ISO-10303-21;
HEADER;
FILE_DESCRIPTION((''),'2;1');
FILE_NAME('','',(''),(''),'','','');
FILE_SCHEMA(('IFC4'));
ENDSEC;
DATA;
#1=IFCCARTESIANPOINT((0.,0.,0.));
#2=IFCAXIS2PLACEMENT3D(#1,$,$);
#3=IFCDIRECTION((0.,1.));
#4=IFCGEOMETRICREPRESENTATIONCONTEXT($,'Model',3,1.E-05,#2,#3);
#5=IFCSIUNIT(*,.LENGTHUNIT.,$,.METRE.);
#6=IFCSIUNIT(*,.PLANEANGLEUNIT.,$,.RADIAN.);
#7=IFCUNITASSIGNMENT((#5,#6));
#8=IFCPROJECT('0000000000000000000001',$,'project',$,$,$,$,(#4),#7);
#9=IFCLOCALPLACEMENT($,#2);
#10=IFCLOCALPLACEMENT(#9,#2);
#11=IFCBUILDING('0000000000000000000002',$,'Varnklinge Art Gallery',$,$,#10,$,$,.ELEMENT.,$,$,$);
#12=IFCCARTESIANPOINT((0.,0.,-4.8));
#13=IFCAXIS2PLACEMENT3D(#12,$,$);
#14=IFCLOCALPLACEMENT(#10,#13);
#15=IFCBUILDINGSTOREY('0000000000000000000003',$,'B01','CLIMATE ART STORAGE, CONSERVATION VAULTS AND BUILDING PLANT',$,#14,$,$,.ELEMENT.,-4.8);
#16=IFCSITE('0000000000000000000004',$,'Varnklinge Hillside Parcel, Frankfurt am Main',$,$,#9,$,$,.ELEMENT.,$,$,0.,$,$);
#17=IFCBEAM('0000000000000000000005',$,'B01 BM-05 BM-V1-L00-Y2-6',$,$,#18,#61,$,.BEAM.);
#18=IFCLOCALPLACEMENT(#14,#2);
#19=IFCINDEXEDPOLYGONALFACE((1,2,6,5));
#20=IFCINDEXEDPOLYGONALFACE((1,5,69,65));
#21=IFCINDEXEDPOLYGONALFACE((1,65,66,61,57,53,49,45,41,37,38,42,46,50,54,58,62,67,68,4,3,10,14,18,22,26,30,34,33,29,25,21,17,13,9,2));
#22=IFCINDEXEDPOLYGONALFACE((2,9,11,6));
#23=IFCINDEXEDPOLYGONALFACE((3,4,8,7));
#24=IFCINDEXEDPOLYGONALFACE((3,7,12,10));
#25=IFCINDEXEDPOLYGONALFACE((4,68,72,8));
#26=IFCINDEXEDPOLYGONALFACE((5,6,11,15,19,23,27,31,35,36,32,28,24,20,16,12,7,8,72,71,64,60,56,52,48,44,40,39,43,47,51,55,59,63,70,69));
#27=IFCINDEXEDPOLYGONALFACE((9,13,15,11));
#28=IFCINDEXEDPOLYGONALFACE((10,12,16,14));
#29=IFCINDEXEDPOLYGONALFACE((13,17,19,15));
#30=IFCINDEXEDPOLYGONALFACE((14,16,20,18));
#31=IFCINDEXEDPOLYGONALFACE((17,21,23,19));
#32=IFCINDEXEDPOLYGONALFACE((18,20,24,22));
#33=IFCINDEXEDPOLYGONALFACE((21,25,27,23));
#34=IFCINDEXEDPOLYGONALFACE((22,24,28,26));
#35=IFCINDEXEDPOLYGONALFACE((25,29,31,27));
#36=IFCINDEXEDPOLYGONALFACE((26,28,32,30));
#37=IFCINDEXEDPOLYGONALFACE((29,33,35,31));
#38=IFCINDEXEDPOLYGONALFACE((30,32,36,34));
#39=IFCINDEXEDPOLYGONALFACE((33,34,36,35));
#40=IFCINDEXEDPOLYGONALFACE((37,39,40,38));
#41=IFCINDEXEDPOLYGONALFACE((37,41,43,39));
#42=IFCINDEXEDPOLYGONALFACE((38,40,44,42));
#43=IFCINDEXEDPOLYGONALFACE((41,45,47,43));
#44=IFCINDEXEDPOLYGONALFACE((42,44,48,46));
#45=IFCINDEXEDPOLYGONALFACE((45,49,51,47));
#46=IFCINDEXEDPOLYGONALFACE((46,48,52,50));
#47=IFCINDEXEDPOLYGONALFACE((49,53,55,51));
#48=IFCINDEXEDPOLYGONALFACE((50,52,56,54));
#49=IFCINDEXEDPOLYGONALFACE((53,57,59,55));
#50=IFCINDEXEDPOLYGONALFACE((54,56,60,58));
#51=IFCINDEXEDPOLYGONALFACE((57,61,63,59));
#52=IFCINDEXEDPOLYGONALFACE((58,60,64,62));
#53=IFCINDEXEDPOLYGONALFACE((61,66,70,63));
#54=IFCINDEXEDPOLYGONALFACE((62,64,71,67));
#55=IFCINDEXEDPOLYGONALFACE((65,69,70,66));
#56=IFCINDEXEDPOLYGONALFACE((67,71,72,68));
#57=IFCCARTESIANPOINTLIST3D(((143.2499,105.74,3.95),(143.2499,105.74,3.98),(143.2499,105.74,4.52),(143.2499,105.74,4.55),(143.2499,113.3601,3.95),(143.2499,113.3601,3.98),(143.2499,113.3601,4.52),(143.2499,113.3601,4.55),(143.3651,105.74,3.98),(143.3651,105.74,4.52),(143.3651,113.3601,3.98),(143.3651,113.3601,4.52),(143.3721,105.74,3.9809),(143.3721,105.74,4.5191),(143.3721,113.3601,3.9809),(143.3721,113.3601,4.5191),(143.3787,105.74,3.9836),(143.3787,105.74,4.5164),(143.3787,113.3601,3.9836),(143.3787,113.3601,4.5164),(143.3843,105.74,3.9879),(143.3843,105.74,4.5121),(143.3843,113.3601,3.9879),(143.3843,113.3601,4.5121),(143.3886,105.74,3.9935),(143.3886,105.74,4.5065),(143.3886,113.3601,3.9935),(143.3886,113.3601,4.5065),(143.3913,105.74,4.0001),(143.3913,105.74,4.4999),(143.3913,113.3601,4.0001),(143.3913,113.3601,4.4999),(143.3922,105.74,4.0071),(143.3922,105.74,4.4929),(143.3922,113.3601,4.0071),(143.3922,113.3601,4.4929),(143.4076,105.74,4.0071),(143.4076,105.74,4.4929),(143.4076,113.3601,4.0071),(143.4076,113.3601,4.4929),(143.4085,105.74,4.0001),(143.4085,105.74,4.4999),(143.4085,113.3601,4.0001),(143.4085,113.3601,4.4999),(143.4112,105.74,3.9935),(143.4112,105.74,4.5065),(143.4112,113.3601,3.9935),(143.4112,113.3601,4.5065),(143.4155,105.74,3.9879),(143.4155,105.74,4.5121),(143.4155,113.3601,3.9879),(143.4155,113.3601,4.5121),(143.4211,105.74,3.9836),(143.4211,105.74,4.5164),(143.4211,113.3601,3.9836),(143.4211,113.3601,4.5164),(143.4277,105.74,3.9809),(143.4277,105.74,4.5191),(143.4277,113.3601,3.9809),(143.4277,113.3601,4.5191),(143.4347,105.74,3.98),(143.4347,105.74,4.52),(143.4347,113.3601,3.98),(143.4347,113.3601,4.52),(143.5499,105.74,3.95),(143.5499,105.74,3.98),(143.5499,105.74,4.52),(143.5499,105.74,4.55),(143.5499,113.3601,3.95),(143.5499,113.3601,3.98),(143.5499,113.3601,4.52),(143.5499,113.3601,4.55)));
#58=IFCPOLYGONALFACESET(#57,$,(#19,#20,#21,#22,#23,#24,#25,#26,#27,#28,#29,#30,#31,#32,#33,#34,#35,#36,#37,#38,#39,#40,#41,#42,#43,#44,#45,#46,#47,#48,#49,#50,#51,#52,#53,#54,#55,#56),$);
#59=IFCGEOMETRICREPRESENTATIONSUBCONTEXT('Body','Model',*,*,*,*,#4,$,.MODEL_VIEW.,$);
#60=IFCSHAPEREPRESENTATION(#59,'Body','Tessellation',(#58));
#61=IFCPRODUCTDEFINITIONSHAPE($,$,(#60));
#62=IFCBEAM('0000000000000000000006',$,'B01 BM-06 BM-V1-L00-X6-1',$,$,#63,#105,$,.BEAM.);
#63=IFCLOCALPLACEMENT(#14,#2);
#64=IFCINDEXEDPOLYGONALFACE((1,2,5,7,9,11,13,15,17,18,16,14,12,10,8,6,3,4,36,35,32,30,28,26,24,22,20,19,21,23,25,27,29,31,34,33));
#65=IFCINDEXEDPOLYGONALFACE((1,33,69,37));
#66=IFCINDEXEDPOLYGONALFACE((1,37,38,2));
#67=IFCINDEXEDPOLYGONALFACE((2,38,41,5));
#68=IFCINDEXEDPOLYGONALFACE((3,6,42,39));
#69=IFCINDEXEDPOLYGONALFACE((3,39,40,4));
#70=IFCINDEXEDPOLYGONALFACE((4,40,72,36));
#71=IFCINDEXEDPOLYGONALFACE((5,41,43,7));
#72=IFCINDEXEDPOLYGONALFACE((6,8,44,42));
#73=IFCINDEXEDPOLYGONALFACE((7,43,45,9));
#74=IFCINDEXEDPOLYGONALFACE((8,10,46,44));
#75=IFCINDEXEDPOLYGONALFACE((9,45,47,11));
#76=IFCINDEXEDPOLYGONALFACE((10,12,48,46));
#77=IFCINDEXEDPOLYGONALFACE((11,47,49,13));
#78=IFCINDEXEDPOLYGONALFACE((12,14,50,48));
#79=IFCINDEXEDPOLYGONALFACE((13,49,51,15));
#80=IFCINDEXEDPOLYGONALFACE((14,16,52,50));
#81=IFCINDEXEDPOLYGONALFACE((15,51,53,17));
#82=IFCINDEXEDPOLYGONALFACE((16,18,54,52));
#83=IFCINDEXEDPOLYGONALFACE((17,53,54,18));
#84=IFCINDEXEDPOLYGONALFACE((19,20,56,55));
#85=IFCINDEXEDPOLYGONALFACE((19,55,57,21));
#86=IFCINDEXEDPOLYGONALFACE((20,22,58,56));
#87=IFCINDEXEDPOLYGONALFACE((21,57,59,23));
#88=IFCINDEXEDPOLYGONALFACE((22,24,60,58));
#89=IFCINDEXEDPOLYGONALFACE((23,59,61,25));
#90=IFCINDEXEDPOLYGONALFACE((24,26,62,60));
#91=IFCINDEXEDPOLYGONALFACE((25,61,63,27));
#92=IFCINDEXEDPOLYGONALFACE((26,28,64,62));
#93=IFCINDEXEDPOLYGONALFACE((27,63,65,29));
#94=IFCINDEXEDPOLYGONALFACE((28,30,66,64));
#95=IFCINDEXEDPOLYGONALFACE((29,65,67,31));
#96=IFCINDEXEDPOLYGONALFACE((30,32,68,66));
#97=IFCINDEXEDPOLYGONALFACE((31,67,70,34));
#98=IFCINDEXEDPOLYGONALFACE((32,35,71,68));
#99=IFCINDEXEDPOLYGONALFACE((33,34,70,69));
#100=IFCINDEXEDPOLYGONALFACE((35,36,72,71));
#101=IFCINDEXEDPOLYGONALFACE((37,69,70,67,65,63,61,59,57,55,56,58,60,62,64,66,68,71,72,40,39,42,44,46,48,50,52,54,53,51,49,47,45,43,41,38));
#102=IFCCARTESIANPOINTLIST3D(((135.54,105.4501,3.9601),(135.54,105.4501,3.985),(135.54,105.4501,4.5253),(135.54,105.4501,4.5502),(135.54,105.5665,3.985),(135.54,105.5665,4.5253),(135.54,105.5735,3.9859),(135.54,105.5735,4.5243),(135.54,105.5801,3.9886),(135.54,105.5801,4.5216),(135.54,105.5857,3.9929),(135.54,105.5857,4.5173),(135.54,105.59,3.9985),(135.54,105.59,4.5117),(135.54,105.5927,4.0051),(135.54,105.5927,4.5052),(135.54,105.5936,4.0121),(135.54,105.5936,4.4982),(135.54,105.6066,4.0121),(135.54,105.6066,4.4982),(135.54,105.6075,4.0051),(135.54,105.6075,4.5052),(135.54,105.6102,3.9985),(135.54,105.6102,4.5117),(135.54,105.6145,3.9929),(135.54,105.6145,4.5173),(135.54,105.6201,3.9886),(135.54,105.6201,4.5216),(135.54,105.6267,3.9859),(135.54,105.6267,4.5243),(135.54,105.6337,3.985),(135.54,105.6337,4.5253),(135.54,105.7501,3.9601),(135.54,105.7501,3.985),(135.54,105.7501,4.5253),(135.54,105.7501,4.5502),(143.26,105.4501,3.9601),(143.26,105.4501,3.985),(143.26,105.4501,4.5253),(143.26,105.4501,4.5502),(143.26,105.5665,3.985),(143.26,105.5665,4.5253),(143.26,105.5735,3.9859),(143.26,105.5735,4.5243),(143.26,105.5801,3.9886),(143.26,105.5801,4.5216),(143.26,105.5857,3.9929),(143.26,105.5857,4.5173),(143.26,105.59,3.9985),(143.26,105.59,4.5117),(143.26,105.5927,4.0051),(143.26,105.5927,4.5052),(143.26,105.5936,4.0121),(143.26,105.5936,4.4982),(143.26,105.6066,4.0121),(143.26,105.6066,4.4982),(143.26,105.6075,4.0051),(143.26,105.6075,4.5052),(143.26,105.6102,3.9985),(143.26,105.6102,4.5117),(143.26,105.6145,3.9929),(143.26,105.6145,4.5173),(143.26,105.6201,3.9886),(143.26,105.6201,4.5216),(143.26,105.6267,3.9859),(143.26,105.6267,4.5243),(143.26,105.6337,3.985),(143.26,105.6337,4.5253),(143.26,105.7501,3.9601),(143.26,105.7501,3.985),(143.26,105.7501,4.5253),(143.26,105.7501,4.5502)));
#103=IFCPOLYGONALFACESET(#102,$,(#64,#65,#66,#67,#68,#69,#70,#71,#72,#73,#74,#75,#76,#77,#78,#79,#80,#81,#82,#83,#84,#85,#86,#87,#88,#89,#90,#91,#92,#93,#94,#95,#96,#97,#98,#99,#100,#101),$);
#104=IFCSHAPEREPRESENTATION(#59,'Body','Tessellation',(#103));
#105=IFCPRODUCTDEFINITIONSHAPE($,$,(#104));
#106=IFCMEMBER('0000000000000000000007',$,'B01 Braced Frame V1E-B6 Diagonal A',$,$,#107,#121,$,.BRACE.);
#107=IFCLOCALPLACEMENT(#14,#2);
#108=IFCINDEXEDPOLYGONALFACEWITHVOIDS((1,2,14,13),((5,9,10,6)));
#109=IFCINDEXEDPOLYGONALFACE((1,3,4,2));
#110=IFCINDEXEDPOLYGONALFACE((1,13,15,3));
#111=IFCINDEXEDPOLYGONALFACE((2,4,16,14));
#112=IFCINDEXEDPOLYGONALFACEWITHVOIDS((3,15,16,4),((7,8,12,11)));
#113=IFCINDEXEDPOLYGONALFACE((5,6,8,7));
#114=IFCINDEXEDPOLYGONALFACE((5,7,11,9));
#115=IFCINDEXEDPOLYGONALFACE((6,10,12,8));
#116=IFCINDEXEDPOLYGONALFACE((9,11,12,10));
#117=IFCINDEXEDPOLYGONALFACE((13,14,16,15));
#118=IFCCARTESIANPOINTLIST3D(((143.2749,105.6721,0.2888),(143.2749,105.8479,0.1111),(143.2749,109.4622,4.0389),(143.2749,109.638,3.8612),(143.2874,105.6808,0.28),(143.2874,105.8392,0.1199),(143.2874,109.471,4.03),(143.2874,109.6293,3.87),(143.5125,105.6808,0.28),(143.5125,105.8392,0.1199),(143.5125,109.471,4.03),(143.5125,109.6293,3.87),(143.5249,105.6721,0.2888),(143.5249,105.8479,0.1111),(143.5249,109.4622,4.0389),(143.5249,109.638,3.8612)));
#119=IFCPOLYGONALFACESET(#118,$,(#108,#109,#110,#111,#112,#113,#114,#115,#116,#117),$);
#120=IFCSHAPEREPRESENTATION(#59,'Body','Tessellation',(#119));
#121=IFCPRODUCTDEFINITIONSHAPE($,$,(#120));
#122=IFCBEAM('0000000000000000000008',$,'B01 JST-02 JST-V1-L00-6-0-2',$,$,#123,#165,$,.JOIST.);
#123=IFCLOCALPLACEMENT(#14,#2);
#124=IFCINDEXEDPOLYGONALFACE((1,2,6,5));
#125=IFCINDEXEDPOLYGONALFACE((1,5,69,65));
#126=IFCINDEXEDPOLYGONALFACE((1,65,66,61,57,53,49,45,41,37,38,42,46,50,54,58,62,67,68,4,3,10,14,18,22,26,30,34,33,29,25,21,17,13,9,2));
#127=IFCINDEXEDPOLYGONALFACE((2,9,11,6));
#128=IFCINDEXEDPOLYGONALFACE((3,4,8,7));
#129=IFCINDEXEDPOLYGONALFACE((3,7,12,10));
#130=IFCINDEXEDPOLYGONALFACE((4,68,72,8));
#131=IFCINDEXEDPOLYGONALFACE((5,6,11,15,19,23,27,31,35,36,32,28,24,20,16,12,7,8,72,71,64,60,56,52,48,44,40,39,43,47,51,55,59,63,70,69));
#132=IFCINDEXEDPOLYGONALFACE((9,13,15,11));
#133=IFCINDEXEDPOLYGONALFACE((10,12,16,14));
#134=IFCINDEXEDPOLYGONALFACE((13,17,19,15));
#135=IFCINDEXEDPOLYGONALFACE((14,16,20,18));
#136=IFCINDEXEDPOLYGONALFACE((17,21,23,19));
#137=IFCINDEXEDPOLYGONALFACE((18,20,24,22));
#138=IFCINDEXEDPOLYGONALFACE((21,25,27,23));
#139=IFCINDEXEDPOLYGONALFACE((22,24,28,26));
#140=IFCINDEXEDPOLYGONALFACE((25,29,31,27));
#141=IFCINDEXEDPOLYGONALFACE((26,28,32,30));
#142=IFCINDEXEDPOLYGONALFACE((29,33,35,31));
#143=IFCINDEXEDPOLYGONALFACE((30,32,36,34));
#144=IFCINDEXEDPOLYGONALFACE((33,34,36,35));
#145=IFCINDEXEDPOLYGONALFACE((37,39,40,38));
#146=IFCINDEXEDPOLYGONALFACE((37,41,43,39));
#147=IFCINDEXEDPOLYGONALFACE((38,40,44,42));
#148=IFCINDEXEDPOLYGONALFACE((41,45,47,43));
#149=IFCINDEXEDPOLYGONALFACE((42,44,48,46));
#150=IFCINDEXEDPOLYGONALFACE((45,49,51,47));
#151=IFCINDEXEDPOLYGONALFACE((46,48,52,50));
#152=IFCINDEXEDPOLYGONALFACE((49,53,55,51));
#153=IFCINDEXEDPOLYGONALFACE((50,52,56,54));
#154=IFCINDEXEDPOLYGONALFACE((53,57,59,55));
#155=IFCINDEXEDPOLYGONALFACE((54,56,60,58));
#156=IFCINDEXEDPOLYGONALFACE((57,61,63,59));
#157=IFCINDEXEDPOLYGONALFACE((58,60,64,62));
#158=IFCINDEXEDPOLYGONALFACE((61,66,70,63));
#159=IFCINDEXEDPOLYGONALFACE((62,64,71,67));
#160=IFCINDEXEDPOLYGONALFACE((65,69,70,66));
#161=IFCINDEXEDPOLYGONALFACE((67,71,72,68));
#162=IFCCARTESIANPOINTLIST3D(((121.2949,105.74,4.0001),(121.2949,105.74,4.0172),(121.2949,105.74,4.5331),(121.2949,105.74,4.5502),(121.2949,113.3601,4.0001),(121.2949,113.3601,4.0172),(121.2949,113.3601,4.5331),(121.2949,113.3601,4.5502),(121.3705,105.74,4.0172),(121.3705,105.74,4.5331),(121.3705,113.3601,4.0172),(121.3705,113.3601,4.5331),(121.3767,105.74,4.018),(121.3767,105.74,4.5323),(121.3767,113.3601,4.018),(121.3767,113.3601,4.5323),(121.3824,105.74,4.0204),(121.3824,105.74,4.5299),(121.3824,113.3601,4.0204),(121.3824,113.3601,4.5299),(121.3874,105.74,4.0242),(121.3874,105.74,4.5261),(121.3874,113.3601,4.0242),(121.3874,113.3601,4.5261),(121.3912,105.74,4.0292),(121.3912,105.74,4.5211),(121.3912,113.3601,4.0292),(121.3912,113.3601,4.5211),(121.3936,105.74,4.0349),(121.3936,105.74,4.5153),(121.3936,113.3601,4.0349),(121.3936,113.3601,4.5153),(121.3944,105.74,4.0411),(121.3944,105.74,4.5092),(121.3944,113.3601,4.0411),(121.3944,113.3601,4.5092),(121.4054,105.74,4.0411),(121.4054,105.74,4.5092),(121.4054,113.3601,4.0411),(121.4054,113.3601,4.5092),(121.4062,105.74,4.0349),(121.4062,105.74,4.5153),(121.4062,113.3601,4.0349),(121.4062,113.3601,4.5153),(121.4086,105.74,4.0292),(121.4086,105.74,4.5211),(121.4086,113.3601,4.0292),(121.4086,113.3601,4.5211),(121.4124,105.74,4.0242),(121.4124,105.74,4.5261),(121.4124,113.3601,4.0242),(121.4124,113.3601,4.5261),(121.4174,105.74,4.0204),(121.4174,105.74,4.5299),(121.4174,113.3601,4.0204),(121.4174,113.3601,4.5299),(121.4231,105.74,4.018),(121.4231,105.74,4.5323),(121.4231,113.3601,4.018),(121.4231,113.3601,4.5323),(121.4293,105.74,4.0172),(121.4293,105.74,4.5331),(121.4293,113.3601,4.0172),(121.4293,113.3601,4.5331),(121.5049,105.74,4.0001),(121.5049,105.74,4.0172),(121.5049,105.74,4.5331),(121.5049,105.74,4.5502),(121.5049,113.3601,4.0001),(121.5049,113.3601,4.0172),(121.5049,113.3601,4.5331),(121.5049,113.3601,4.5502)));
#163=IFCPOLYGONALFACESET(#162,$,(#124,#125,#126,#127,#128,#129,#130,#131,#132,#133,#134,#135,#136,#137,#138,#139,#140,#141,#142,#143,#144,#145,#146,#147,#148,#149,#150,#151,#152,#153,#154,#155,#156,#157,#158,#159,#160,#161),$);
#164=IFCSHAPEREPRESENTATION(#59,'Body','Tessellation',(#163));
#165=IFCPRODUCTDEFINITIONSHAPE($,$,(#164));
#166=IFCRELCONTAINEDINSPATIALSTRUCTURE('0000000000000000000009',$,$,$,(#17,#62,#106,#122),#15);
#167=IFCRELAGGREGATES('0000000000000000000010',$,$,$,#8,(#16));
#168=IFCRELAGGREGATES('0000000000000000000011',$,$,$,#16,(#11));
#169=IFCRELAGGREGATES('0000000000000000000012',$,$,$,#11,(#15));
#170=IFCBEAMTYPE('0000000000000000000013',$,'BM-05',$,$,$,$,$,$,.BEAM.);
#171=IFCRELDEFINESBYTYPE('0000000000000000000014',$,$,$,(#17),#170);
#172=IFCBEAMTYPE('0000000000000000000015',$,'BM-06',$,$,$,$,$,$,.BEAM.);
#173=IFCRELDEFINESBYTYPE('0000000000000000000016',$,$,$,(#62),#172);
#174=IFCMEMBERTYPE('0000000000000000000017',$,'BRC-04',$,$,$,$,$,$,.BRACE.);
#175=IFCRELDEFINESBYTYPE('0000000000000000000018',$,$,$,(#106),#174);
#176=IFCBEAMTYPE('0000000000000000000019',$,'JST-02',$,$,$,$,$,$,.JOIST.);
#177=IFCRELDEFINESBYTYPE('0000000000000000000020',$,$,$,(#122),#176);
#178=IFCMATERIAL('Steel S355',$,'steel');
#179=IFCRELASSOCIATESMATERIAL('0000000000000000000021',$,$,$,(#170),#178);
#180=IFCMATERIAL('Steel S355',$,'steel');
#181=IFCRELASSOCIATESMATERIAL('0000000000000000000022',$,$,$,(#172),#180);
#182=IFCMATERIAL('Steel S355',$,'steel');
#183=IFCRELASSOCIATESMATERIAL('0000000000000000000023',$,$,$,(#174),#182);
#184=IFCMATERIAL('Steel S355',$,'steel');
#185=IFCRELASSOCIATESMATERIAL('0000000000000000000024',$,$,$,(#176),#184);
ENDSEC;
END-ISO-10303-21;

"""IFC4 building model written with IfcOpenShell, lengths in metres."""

from ifc_helpers import new_model, si_unit, direction, frame, origin, origin_2d, place, context, subcontext, project, spatial, hollow_rectangle, i_section, extrude, material, material_profile, profile_set, type_object, element, save


model = new_model("IFC4")

# Units and contexts
model_context = context("Model", 3, precision=1e-05, world=origin(), true_north=direction((0.0, 1.0)))
body_context = subcontext(model_context, "Body", "Model", "MODEL_VIEW")
ifc_project = project(units=[si_unit("LENGTHUNIT", "METRE"), si_unit("PLANEANGLEUNIT", "RADIAN")], contexts=[model_context])

# Site, building, storey
site_placement = place(None, origin())
site = spatial("IfcSite", under=ifc_project, at=site_placement, Name="Varnklinge Hillside Parcel, Frankfurt am Main", CompositionType="ELEMENT", RefElevation=0.0)
building_placement = place(site_placement, origin())
building = spatial("IfcBuilding", under=site, at=building_placement, Name="Varnklinge Art Gallery", CompositionType="ELEMENT")
storey_placement = place(building_placement, frame((0.0, 0.0, -4.8)))
storey = spatial("IfcBuildingStorey", under=building, at=storey_placement, Name="B01", Description="CLIMATE ART STORAGE, CONSERVATION VAULTS AND BUILDING PLANT", CompositionType="ELEMENT", Elevation=-4.8)

# Beams
ifc_material_1 = material(Name="Steel S355", Category="steel")
ifc_material_profile_1 = material_profile(ifc_material_1, i_section(OverallWidth=0.3, OverallDepth=0.6001, WebThickness=0.0154, FlangeThickness=0.03, FilletRadius=0.0271, at=origin_2d()), Name="HEB 600")
ifc_profile_set_1 = profile_set([ifc_material_profile_1], Name="Steel S355")
beam_type_1 = type_object("IfcBeamType", Name="BM-05", PredefinedType="BEAM", material=ifc_profile_set_1)
for number, where, z_axis, x_axis, name in (
    (1, (143.3999, 105.74, 4.25), (0.0, 1.0, 0.0), (-1.0, 0.0, 0.0), "B01 BM-05 BM-V1-L00-Y2-6"),
):
    element("IfcBeam", number, at=place(storey_placement, frame(where, z_axis=z_axis, x_axis=x_axis)), inside=storey, type_object=beam_type_1, Name=name, PredefinedType="BEAM", context=body_context, shape_type="SweptSolid", body=[
        extrude(i_section(OverallWidth=0.3, OverallDepth=0.6001, WebThickness=0.0154, FlangeThickness=0.03, FilletRadius=0.0271, at=origin_2d()), origin(), (0.0, 0.0, 1.0), 7.6201),
    ])
ifc_material_2 = material(Name="Steel S355", Category="steel")
ifc_material_profile_2 = material_profile(ifc_material_2, i_section(OverallWidth=0.3, OverallDepth=0.5901, WebThickness=0.0129, FlangeThickness=0.0249, FilletRadius=0.0271, at=origin_2d()), Name="HEA 600")
ifc_profile_set_2 = profile_set([ifc_material_profile_2], Name="Steel S355")
beam_type_2 = type_object("IfcBeamType", Name="BM-06", PredefinedType="BEAM", material=ifc_profile_set_2)
beam_1_placement = place(storey_placement, frame((135.54, 105.6001, 4.2551), z_axis=(1.0, 0.0, 0.0), x_axis=(0.0, 1.0, 0.0)))
element("IfcBeam", 2, at=beam_1_placement, inside=storey, type_object=beam_type_2, Name="B01 BM-06 BM-V1-L00-X6-1", PredefinedType="BEAM", context=body_context, shape_type="SweptSolid", body=[
    extrude(i_section(OverallWidth=0.3, OverallDepth=0.5901, WebThickness=0.0129, FlangeThickness=0.0249, FilletRadius=0.0271, at=origin_2d()), origin(), (0.0, 0.0, 1.0), 7.72),
])

# Member
ifc_material_3 = material(Name="Steel S355", Category="steel")
ifc_material_profile_3 = material_profile(ifc_material_3, hollow_rectangle(XDim=0.25, YDim=0.25, WallThickness=0.0125, at=origin_2d()), Name="SHS 250x250x12.5")
ifc_profile_set_3 = profile_set([ifc_material_profile_3], Name="Steel S355")
member_type = type_object("IfcMemberType", Name="BRC-04", PredefinedType="BRACE", material=ifc_profile_set_3)
member_placement = place(storey_placement, frame((143.3999, 105.76, 0.2), z_axis=(0.0, 0.710852, 0.703342), x_axis=(-1.0, 0.0, 0.0)))
element("IfcMember", 3, at=member_placement, inside=storey, type_object=member_type, Name="B01 Braced Frame V1E-B6 Diagonal A", PredefinedType="BRACE", context=body_context, shape_type="SweptSolid", body=[
    extrude(hollow_rectangle(XDim=0.25, YDim=0.25, WallThickness=0.0125, at=origin_2d()), origin(), (0.0, 0.0, 1.0), 5.3318),
])

# Beam
ifc_material_4 = material(Name="Steel S355", Category="steel")
ifc_material_profile_4 = material_profile(ifc_material_4, i_section(OverallWidth=0.21, OverallDepth=0.55, WebThickness=0.011, FlangeThickness=0.0171, FilletRadius=0.0239, at=origin_2d()), Name="IPE 550")
ifc_profile_set_4 = profile_set([ifc_material_profile_4], Name="Steel S355")
beam_type_3 = type_object("IfcBeamType", Name="JST-02", PredefinedType="JOIST", material=ifc_profile_set_4)
for number, where, z_axis, x_axis, name in (
    (4, (121.3999, 105.74, 4.2751), (0.0, 1.0, 0.0), (-1.0, 0.0, 0.0), "B01 JST-02 JST-V1-L00-6-0-2"),
):
    element("IfcBeam", number, at=place(storey_placement, frame(where, z_axis=z_axis, x_axis=x_axis)), inside=storey, type_object=beam_type_3, Name=name, PredefinedType="JOIST", context=body_context, shape_type="SweptSolid", body=[
        extrude(i_section(OverallWidth=0.21, OverallDepth=0.55, WebThickness=0.011, FlangeThickness=0.0171, FilletRadius=0.0239, at=origin_2d()), origin(), (0.0, 0.0, 1.0), 7.6201),
    ])

save(model, "model.ifc")
